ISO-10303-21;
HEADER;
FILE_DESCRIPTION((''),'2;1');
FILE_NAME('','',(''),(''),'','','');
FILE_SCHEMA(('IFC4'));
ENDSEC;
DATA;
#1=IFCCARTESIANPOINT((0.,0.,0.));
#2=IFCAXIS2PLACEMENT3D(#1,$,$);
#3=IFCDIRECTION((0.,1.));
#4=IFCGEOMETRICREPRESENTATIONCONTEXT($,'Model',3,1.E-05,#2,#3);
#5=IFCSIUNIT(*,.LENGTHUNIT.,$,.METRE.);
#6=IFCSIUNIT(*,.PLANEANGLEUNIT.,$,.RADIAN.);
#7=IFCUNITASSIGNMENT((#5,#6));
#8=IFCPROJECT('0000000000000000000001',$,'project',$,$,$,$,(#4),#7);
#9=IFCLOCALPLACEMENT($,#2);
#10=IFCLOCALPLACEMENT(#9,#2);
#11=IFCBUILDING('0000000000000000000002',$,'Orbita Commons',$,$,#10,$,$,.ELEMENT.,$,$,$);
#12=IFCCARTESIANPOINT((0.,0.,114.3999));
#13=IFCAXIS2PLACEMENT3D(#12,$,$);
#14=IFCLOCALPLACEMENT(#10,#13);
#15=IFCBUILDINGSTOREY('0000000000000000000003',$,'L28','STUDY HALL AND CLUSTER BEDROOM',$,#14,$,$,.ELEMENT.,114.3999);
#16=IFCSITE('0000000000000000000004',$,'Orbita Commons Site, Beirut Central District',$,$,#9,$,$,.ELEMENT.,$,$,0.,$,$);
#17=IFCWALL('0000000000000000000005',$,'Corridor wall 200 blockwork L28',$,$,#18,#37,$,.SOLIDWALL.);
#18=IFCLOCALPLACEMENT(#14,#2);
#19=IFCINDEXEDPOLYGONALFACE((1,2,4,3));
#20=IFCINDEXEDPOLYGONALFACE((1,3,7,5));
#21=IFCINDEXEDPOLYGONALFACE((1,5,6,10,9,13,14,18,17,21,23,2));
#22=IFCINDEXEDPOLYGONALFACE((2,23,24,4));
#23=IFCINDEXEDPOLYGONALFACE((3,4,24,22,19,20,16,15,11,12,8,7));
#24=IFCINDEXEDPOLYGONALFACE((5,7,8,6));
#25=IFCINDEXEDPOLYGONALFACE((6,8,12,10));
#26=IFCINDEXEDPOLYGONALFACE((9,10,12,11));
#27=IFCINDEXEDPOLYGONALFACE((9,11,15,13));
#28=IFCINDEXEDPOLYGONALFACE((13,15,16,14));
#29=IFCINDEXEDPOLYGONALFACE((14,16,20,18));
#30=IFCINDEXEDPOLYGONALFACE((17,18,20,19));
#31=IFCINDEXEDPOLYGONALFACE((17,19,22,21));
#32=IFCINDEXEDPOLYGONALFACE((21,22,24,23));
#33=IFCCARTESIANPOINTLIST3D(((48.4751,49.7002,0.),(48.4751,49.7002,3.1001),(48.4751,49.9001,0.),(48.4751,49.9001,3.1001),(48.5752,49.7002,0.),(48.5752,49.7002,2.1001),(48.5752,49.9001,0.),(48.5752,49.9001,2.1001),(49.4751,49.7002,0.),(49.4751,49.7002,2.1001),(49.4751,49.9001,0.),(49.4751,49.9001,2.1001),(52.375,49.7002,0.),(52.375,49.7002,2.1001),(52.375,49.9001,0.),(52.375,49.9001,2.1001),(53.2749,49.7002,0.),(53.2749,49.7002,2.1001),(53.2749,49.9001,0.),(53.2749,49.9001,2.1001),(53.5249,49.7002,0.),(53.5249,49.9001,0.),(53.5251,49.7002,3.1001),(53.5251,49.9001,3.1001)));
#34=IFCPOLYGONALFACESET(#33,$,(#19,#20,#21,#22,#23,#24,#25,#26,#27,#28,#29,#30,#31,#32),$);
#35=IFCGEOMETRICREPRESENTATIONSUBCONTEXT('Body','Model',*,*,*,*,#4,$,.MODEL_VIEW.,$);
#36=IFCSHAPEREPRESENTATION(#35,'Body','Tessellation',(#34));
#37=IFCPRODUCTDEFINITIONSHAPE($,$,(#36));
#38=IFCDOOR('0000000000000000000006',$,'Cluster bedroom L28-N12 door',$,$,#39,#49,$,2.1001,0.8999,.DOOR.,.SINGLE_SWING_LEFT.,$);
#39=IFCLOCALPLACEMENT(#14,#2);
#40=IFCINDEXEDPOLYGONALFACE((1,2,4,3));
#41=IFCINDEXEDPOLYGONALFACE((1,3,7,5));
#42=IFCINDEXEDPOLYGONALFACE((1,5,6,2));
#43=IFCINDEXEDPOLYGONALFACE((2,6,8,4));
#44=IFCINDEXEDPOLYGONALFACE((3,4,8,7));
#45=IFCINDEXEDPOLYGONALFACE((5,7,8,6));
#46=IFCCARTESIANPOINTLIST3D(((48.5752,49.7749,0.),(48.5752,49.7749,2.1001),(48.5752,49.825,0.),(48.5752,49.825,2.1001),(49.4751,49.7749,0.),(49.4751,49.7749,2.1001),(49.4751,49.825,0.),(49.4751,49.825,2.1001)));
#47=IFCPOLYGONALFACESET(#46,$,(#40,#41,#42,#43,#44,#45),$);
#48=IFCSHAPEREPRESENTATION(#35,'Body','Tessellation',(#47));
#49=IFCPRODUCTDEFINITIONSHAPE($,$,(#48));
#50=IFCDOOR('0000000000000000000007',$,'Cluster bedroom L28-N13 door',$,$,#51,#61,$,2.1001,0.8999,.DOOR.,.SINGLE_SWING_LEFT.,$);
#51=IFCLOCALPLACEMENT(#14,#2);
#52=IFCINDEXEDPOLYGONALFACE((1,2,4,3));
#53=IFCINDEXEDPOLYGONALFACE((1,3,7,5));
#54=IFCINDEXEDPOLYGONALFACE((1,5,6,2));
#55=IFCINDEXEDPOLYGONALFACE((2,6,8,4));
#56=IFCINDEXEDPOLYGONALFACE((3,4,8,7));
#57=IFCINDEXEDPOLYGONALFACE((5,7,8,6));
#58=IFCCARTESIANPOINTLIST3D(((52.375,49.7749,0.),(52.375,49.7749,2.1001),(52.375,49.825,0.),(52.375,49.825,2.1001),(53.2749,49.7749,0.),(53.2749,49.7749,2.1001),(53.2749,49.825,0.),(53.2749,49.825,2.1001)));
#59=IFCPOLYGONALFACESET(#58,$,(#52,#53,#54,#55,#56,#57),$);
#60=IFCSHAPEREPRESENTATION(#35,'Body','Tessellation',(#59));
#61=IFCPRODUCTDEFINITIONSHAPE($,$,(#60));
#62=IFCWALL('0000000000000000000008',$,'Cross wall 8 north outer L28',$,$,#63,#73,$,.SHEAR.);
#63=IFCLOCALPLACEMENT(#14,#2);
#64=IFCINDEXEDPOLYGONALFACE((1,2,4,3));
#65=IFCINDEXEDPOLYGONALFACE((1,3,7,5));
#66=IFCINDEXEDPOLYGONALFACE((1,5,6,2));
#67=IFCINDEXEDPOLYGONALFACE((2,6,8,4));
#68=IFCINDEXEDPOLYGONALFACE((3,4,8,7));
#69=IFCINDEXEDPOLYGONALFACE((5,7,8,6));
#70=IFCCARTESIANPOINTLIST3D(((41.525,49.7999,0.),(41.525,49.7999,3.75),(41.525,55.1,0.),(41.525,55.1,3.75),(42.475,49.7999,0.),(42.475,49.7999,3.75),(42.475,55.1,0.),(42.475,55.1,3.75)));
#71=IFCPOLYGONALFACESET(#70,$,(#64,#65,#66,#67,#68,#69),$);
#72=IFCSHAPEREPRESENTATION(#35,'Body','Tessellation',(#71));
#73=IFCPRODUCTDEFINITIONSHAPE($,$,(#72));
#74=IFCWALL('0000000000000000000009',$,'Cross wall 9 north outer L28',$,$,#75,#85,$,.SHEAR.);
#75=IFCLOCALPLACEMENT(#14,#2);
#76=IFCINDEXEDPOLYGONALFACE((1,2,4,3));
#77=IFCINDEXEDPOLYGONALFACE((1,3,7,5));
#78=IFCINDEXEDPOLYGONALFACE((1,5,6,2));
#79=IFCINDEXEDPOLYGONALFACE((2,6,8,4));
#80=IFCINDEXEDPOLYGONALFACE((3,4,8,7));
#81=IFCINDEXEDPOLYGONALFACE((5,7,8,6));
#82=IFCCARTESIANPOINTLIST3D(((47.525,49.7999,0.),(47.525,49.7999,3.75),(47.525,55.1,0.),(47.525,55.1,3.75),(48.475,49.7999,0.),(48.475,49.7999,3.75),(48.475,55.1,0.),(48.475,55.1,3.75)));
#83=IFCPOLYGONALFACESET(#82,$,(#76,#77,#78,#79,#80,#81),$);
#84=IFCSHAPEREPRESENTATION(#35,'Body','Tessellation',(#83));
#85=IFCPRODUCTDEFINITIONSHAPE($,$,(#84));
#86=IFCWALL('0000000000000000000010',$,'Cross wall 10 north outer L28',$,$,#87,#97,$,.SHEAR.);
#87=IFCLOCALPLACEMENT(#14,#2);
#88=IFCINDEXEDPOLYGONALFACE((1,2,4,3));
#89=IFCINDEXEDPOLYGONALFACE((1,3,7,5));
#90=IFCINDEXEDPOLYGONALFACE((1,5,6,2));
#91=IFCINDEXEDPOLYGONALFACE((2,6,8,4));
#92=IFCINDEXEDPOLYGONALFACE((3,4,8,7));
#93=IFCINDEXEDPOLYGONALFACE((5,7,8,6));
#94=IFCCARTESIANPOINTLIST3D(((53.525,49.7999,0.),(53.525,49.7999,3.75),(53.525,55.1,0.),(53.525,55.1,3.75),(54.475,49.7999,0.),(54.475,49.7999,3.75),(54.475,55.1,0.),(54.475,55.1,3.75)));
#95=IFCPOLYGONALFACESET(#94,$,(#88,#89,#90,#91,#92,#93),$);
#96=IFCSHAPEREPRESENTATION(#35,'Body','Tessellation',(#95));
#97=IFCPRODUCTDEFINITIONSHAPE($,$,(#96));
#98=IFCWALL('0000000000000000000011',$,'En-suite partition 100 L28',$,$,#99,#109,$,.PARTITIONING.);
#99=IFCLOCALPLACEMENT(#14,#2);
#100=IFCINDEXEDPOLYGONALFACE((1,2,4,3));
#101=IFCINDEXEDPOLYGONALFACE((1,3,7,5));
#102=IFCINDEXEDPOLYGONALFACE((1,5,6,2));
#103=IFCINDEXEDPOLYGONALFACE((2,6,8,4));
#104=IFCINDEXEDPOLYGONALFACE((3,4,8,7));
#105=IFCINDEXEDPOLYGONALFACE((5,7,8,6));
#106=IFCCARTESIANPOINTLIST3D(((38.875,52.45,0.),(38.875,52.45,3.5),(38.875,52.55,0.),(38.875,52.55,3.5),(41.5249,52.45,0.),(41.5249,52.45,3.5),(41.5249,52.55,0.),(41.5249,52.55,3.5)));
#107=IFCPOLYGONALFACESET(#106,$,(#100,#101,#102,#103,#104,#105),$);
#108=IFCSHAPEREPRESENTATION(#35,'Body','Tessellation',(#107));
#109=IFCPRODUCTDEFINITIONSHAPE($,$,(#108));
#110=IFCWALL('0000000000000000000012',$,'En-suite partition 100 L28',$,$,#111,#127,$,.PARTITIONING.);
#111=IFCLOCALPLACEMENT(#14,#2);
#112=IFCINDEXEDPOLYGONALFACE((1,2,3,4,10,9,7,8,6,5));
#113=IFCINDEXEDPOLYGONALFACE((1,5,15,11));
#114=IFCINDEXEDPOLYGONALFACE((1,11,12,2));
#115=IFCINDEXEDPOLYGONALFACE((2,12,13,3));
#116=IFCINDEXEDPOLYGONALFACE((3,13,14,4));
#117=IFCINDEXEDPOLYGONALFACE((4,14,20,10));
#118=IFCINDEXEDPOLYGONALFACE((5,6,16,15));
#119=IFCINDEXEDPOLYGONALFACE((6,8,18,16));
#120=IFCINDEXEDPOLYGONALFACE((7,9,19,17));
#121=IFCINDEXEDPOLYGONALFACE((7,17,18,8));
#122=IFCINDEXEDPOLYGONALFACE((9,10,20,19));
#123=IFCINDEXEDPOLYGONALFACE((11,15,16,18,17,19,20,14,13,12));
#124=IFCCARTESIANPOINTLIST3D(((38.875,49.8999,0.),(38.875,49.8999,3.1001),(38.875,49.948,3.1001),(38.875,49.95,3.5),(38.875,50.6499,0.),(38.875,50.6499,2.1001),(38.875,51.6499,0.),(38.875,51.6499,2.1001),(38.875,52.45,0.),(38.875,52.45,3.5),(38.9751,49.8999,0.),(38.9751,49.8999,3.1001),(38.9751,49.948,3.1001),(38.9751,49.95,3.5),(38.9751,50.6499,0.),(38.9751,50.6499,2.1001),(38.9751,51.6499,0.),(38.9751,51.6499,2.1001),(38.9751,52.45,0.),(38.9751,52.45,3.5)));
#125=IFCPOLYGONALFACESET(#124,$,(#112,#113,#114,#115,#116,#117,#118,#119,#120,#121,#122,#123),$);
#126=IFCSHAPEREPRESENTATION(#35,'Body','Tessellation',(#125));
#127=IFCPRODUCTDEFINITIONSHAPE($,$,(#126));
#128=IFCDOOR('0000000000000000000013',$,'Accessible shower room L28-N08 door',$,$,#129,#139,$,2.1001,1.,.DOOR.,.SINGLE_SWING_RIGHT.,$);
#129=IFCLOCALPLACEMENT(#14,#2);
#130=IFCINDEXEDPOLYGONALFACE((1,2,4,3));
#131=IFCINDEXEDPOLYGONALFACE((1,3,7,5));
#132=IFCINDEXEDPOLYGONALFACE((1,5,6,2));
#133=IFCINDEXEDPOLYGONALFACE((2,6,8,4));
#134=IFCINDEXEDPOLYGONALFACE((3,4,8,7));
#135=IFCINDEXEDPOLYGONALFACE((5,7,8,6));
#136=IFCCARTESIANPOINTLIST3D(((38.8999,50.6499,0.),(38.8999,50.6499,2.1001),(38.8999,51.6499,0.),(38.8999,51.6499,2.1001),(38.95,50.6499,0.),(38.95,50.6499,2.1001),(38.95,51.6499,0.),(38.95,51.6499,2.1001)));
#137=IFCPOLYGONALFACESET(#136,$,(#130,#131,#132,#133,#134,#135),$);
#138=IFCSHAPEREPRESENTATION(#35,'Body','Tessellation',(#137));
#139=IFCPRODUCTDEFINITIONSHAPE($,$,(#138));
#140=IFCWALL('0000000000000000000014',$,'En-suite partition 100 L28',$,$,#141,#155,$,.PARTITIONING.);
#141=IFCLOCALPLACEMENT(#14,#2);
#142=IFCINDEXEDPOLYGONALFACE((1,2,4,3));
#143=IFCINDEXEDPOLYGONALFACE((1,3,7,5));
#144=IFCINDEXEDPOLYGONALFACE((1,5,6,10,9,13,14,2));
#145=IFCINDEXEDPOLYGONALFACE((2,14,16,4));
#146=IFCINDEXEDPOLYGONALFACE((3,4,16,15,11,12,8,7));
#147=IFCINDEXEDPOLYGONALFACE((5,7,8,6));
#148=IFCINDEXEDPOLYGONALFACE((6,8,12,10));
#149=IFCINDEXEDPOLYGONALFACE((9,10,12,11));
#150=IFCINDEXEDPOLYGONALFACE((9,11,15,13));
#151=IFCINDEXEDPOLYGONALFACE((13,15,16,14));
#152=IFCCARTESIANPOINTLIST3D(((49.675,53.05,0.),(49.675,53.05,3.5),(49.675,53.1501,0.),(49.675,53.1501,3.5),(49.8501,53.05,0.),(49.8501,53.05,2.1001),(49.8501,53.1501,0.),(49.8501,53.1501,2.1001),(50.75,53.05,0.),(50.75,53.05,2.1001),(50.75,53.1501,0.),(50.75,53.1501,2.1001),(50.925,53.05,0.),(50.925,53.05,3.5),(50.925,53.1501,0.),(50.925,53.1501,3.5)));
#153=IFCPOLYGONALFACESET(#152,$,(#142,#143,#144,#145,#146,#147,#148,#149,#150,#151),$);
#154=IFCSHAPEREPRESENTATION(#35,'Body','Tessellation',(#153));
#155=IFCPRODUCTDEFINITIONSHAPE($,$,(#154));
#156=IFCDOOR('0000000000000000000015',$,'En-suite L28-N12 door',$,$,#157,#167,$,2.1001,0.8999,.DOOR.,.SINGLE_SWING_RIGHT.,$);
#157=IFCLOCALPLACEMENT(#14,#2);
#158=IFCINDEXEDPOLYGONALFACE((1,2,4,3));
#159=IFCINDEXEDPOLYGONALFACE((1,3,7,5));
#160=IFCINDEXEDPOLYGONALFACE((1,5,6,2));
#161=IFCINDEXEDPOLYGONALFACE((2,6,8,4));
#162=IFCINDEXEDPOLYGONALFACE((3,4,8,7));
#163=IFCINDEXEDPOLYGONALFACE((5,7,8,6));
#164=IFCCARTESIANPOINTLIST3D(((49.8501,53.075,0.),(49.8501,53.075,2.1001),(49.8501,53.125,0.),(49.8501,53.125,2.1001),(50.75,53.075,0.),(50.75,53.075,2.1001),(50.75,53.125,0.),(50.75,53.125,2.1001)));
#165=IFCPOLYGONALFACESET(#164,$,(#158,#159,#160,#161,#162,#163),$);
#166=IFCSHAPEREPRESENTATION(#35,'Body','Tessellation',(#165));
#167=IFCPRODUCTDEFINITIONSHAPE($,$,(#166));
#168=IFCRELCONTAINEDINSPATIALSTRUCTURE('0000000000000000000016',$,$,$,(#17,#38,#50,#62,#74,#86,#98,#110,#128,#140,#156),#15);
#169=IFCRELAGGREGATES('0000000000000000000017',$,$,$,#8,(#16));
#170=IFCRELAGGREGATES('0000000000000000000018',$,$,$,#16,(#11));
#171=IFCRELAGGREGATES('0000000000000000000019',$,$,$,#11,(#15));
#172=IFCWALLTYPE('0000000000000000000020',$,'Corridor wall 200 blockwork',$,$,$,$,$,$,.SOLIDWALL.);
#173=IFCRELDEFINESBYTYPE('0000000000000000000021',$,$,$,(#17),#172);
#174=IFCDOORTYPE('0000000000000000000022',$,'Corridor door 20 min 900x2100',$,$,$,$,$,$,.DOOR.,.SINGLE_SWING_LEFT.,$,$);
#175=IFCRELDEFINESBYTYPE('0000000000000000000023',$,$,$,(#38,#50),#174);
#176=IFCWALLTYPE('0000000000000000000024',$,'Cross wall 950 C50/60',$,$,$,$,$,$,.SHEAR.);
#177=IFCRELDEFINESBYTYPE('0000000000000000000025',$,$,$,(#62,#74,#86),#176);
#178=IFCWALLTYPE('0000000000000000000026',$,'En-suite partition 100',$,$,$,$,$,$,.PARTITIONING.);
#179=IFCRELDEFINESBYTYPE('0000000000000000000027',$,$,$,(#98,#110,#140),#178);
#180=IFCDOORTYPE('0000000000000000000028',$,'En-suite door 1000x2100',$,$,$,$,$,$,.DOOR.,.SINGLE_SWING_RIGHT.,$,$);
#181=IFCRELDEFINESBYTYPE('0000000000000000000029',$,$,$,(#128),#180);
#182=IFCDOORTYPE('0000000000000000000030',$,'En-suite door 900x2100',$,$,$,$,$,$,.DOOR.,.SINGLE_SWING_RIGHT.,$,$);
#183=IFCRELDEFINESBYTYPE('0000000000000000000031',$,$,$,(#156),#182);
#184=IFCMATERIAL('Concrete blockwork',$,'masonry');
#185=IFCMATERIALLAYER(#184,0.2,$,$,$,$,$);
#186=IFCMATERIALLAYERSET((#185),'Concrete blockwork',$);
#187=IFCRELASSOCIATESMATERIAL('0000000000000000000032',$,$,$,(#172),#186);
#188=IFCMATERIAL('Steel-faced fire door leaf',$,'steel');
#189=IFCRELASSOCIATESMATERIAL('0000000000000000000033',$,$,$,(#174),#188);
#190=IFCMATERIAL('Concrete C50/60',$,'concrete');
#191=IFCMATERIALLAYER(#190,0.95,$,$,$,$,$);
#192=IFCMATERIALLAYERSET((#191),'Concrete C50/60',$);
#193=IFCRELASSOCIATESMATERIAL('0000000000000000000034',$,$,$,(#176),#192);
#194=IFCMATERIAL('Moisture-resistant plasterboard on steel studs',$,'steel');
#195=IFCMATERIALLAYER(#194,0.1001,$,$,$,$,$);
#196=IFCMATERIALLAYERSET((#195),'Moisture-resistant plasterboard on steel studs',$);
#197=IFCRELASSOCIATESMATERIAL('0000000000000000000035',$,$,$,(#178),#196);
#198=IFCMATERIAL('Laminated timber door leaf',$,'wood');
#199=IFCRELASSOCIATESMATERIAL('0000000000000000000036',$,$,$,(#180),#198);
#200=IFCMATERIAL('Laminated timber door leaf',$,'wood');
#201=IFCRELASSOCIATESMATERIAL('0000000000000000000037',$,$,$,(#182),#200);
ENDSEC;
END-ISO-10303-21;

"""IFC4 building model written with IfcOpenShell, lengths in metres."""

from ifc_helpers import new_model, si_unit, direction, frame, frame_2d, origin, place, context, subcontext, project, spatial, polyline, rectangle, outline, extrude, material, layer, layer_set, type_object, element, fill, save


model = new_model("IFC4")

# Units and contexts
model_context = context("Model", 3, precision=1e-05, world=origin(), true_north=direction((0.0, 1.0)))
body_context = subcontext(model_context, "Body", "Model", "MODEL_VIEW")
ifc_project = project(units=[si_unit("LENGTHUNIT", "METRE"), si_unit("PLANEANGLEUNIT", "RADIAN")], contexts=[model_context])

# Site, building, storey
site_placement = place(None, origin())
site = spatial("IfcSite", under=ifc_project, at=site_placement, Name="Orbita Commons Site, Beirut Central District", CompositionType="ELEMENT", RefElevation=0.0)
building_placement = place(site_placement, origin())
building = spatial("IfcBuilding", under=site, at=building_placement, Name="Orbita Commons", CompositionType="ELEMENT")
storey_placement = place(building_placement, frame((0.0, 0.0, 114.3999)))
storey = spatial("IfcBuildingStorey", under=building, at=storey_placement, Name="L28", Description="STUDY HALL AND CLUSTER BEDROOM", CompositionType="ELEMENT", Elevation=114.3999)

# Shared definitions
ifc_material_1 = material(Name="Concrete blockwork", Category="masonry")
ifc_layer_1 = layer(ifc_material_1, 0.2)
ifc_layer_set_1 = layer_set([ifc_layer_1], Name="Concrete blockwork")
wall_type_1 = type_object("IfcWallType", Name="Corridor wall 200 blockwork", PredefinedType="SOLIDWALL", material=ifc_layer_set_1)

# Wall, openings, doors
wall_1_placement = place(storey_placement, frame((48.4751, 49.8, 0.0), z_axis=(0.0, 0.0, 1.0), x_axis=(1.0, 0.0, 0.0)))
wall_1 = element("IfcWall", 1, at=wall_1_placement, inside=storey, type_object=wall_type_1, Name="Corridor wall 200 blockwork L28", PredefinedType="SOLIDWALL", context=body_context, shape_type="SweptSolid", body=[
    extrude(outline(polyline([(0.0, 0.0), (5.0498, 0.0), (5.05, 3.1001), (0.0, 3.1001), (0.0, 0.0)])), frame((0.0, 0.1001, 0.0), z_axis=(0.0, -1.0, 0.0), x_axis=(1.0, 0.0, 0.0)), (0.0, 0.0, 1.0), 0.2),
])
opening_1_placement = place(wall_1_placement, frame((0.1001, 0.0, 0.0)))
opening_1 = element("IfcOpeningElement", 2, at=opening_1_placement, cuts=wall_1, PredefinedType="OPENING", context=body_context, shape_type="SweptSolid", body=[
    extrude(rectangle(XDim=0.8999, YDim=2.1001, at=frame_2d((0.45, 1.05))), frame((0.0, 0.1099, 0.0), z_axis=(0.0, -1.0, 0.0), x_axis=(1.0, 0.0, 0.0)), (0.0, 0.0, 1.0), 0.22),
])
opening_2_placement = place(wall_1_placement, frame((3.8999, 0.0, 0.0)))
opening_2 = element("IfcOpeningElement", 3, at=opening_2_placement, cuts=wall_1, PredefinedType="OPENING", context=body_context, shape_type="SweptSolid", body=[
    extrude(rectangle(XDim=0.8999, YDim=2.1001, at=frame_2d((0.45, 1.05))), frame((0.0, 0.1099, 0.0), z_axis=(0.0, -1.0, 0.0), x_axis=(1.0, 0.0, 0.0)), (0.0, 0.0, 1.0), 0.22),
])
ifc_material_2 = material(Name="Steel-faced fire door leaf", Category="steel")
door_type_1 = type_object("IfcDoorType", Name="Corridor door 20 min 900x2100", OperationType="SINGLE_SWING_LEFT", PredefinedType="DOOR", material=ifc_material_2)
door_1_placement = place(opening_1_placement, origin())
door_1 = element("IfcDoor", 4, at=door_1_placement, inside=storey, type_object=door_type_1, Name="Cluster bedroom L28-N12 door", OperationType="SINGLE_SWING_LEFT", OverallHeight=2.1001, OverallWidth=0.8999, PredefinedType="DOOR", context=body_context, shape_type="SweptSolid", body=[
    extrude(rectangle(XDim=0.8999, YDim=2.1001, at=frame_2d((0.45, 1.05))), frame((0.0, 0.0249, 0.0), z_axis=(0.0, -1.0, 0.0), x_axis=(1.0, 0.0, 0.0)), (0.0, 0.0, 1.0), 0.05),
])
fill(opening_1, door_1)
door_2_placement = place(opening_2_placement, origin())
door_2 = element("IfcDoor", 5, at=door_2_placement, inside=storey, type_object=door_type_1, Name="Cluster bedroom L28-N13 door", OperationType="SINGLE_SWING_LEFT", OverallHeight=2.1001, OverallWidth=0.8999, PredefinedType="DOOR", context=body_context, shape_type="SweptSolid", body=[
    extrude(rectangle(XDim=0.8999, YDim=2.1001, at=frame_2d((0.45, 1.05))), frame((0.0, 0.0249, 0.0), z_axis=(0.0, -1.0, 0.0), x_axis=(1.0, 0.0, 0.0)), (0.0, 0.0, 1.0), 0.05),
])
fill(opening_2, door_2)

# Walls
ifc_material_3 = material(Name="Concrete C50/60", Category="concrete")
ifc_layer_2 = layer(ifc_material_3, 0.95)
ifc_layer_set_2 = layer_set([ifc_layer_2], Name="Concrete C50/60")
wall_type_2 = type_object("IfcWallType", Name="Cross wall 950 C50/60", PredefinedType="SHEAR", material=ifc_layer_set_2)
for number, where, z_axis, x_axis, name in (
    (6, (42.0, 49.8, 0.0), (0.0, 0.0, 1.0), (0.0, 1.0, 0.0), "Cross wall 8 north outer L28"),
    (7, (48.0, 49.8, 0.0), (0.0, 0.0, 1.0), (0.0, 1.0, 0.0), "Cross wall 9 north outer L28"),
    (8, (54.0, 49.8, 0.0), (0.0, 0.0, 1.0), (0.0, 1.0, 0.0), "Cross wall 10 north outer L28"),
):
    element("IfcWall", number, at=place(storey_placement, frame(where, z_axis=z_axis, x_axis=x_axis)), inside=storey, type_object=wall_type_2, Name=name, PredefinedType="SHEAR", context=body_context, shape_type="SweptSolid", body=[
        extrude(rectangle(XDim=5.3, YDim=0.95, at=frame_2d((2.6499, 0.0))), origin(), (0.0, 0.0, 1.0), 3.75),
    ])
ifc_material_4 = material(Name="Moisture-resistant plasterboard on steel studs", Category="steel")
ifc_layer_3 = layer(ifc_material_4, 0.1001)
ifc_layer_set_3 = layer_set([ifc_layer_3], Name="Moisture-resistant plasterboard on steel studs")
wall_type_3 = type_object("IfcWallType", Name="En-suite partition 100", PredefinedType="PARTITIONING", material=ifc_layer_set_3)
wall_2_placement = place(storey_placement, frame((38.875, 52.5, 0.0), z_axis=(0.0, 0.0, 1.0), x_axis=(1.0, 0.0, 0.0)))
element("IfcWall", 9, at=wall_2_placement, inside=storey, type_object=wall_type_3, Name="En-suite partition 100 L28", PredefinedType="PARTITIONING", context=body_context, shape_type="SweptSolid", body=[
    extrude(rectangle(XDim=2.6499, YDim=0.1001, at=frame_2d((1.325, 0.0))), origin(), (0.0, 0.0, 1.0), 3.5),
])

# Walls, openings, doors
wall_3_placement = place(storey_placement, frame((38.925, 52.45, 0.0), z_axis=(0.0, 0.0, 1.0), x_axis=(0.0, -1.0, 0.0)))
wall_3 = element("IfcWall", 10, at=wall_3_placement, inside=storey, type_object=wall_type_3, Name="En-suite partition 100 L28", PredefinedType="PARTITIONING", context=body_context, shape_type="SweptSolid", body=[
    extrude(outline(polyline([(0.0, 0.0), (2.55, 0.0), (2.55, 3.1001), (2.502, 3.1001), (2.5, 3.5), (0.0, 3.5), (0.0, 0.0)])), frame((0.0, 0.05, 0.0), z_axis=(0.0, -1.0, 0.0), x_axis=(1.0, 0.0, 0.0)), (0.0, 0.0, 1.0), 0.1001),
])
opening_3_placement = place(wall_3_placement, frame((0.8, 0.0, 0.0)))
opening_3 = element("IfcOpeningElement", 11, at=opening_3_placement, cuts=wall_3, PredefinedType="OPENING", context=body_context, shape_type="SweptSolid", body=[
    extrude(rectangle(XDim=1.0, YDim=2.1001, at=frame_2d((0.5, 1.05))), frame((0.0, 0.0601, 0.0), z_axis=(0.0, -1.0, 0.0), x_axis=(1.0, 0.0, 0.0)), (0.0, 0.0, 1.0), 0.1201),
])
ifc_material_5 = material(Name="Laminated timber door leaf", Category="wood")
door_type_2 = type_object("IfcDoorType", Name="En-suite door 1000x2100", OperationType="SINGLE_SWING_RIGHT", PredefinedType="DOOR", material=ifc_material_5)
door_3_placement = place(opening_3_placement, origin())
door_3 = element("IfcDoor", 12, at=door_3_placement, inside=storey, type_object=door_type_2, Name="Accessible shower room L28-N08 door", OperationType="SINGLE_SWING_RIGHT", OverallHeight=2.1001, OverallWidth=1.0, PredefinedType="DOOR", context=body_context, shape_type="SweptSolid", body=[
    extrude(rectangle(XDim=1.0, YDim=2.1001, at=frame_2d((0.5, 1.05))), frame((0.0, 0.0249, 0.0), z_axis=(0.0, -1.0, 0.0), x_axis=(1.0, 0.0, 0.0)), (0.0, 0.0, 1.0), 0.05),
])
fill(opening_3, door_3)
wall_4_placement = place(storey_placement, frame((49.675, 53.1001, 0.0), z_axis=(0.0, 0.0, 1.0), x_axis=(1.0, 0.0, 0.0)))
wall_4 = element("IfcWall", 13, at=wall_4_placement, inside=storey, type_object=wall_type_3, Name="En-suite partition 100 L28", PredefinedType="PARTITIONING", context=body_context, shape_type="SweptSolid", body=[
    extrude(rectangle(XDim=1.25, YDim=0.1001, at=frame_2d((0.625, 0.0))), origin(), (0.0, 0.0, 1.0), 3.5),
])
opening_4_placement = place(wall_4_placement, frame((0.175, 0.0, 0.0)))
opening_4 = element("IfcOpeningElement", 14, at=opening_4_placement, cuts=wall_4, PredefinedType="OPENING", context=body_context, shape_type="SweptSolid", body=[
    extrude(rectangle(XDim=0.8999, YDim=2.1001, at=frame_2d((0.45, 1.05))), frame((0.0, 0.0601, 0.0), z_axis=(0.0, -1.0, 0.0), x_axis=(1.0, 0.0, 0.0)), (0.0, 0.0, 1.0), 0.1201),
])
ifc_material_6 = material(Name="Laminated timber door leaf", Category="wood")
door_type_3 = type_object("IfcDoorType", Name="En-suite door 900x2100", OperationType="SINGLE_SWING_RIGHT", PredefinedType="DOOR", material=ifc_material_6)
door_4_placement = place(opening_4_placement, origin())
door_4 = element("IfcDoor", 15, at=door_4_placement, inside=storey, type_object=door_type_3, Name="En-suite L28-N12 door", OperationType="SINGLE_SWING_RIGHT", OverallHeight=2.1001, OverallWidth=0.8999, PredefinedType="DOOR", context=body_context, shape_type="SweptSolid", body=[
    extrude(rectangle(XDim=0.8999, YDim=2.1001, at=frame_2d((0.45, 1.05))), frame((0.0, 0.0249, 0.0), z_axis=(0.0, -1.0, 0.0), x_axis=(1.0, 0.0, 0.0)), (0.0, 0.0, 1.0), 0.05),
])
fill(opening_4, door_4)

save(model, "model.ifc")
